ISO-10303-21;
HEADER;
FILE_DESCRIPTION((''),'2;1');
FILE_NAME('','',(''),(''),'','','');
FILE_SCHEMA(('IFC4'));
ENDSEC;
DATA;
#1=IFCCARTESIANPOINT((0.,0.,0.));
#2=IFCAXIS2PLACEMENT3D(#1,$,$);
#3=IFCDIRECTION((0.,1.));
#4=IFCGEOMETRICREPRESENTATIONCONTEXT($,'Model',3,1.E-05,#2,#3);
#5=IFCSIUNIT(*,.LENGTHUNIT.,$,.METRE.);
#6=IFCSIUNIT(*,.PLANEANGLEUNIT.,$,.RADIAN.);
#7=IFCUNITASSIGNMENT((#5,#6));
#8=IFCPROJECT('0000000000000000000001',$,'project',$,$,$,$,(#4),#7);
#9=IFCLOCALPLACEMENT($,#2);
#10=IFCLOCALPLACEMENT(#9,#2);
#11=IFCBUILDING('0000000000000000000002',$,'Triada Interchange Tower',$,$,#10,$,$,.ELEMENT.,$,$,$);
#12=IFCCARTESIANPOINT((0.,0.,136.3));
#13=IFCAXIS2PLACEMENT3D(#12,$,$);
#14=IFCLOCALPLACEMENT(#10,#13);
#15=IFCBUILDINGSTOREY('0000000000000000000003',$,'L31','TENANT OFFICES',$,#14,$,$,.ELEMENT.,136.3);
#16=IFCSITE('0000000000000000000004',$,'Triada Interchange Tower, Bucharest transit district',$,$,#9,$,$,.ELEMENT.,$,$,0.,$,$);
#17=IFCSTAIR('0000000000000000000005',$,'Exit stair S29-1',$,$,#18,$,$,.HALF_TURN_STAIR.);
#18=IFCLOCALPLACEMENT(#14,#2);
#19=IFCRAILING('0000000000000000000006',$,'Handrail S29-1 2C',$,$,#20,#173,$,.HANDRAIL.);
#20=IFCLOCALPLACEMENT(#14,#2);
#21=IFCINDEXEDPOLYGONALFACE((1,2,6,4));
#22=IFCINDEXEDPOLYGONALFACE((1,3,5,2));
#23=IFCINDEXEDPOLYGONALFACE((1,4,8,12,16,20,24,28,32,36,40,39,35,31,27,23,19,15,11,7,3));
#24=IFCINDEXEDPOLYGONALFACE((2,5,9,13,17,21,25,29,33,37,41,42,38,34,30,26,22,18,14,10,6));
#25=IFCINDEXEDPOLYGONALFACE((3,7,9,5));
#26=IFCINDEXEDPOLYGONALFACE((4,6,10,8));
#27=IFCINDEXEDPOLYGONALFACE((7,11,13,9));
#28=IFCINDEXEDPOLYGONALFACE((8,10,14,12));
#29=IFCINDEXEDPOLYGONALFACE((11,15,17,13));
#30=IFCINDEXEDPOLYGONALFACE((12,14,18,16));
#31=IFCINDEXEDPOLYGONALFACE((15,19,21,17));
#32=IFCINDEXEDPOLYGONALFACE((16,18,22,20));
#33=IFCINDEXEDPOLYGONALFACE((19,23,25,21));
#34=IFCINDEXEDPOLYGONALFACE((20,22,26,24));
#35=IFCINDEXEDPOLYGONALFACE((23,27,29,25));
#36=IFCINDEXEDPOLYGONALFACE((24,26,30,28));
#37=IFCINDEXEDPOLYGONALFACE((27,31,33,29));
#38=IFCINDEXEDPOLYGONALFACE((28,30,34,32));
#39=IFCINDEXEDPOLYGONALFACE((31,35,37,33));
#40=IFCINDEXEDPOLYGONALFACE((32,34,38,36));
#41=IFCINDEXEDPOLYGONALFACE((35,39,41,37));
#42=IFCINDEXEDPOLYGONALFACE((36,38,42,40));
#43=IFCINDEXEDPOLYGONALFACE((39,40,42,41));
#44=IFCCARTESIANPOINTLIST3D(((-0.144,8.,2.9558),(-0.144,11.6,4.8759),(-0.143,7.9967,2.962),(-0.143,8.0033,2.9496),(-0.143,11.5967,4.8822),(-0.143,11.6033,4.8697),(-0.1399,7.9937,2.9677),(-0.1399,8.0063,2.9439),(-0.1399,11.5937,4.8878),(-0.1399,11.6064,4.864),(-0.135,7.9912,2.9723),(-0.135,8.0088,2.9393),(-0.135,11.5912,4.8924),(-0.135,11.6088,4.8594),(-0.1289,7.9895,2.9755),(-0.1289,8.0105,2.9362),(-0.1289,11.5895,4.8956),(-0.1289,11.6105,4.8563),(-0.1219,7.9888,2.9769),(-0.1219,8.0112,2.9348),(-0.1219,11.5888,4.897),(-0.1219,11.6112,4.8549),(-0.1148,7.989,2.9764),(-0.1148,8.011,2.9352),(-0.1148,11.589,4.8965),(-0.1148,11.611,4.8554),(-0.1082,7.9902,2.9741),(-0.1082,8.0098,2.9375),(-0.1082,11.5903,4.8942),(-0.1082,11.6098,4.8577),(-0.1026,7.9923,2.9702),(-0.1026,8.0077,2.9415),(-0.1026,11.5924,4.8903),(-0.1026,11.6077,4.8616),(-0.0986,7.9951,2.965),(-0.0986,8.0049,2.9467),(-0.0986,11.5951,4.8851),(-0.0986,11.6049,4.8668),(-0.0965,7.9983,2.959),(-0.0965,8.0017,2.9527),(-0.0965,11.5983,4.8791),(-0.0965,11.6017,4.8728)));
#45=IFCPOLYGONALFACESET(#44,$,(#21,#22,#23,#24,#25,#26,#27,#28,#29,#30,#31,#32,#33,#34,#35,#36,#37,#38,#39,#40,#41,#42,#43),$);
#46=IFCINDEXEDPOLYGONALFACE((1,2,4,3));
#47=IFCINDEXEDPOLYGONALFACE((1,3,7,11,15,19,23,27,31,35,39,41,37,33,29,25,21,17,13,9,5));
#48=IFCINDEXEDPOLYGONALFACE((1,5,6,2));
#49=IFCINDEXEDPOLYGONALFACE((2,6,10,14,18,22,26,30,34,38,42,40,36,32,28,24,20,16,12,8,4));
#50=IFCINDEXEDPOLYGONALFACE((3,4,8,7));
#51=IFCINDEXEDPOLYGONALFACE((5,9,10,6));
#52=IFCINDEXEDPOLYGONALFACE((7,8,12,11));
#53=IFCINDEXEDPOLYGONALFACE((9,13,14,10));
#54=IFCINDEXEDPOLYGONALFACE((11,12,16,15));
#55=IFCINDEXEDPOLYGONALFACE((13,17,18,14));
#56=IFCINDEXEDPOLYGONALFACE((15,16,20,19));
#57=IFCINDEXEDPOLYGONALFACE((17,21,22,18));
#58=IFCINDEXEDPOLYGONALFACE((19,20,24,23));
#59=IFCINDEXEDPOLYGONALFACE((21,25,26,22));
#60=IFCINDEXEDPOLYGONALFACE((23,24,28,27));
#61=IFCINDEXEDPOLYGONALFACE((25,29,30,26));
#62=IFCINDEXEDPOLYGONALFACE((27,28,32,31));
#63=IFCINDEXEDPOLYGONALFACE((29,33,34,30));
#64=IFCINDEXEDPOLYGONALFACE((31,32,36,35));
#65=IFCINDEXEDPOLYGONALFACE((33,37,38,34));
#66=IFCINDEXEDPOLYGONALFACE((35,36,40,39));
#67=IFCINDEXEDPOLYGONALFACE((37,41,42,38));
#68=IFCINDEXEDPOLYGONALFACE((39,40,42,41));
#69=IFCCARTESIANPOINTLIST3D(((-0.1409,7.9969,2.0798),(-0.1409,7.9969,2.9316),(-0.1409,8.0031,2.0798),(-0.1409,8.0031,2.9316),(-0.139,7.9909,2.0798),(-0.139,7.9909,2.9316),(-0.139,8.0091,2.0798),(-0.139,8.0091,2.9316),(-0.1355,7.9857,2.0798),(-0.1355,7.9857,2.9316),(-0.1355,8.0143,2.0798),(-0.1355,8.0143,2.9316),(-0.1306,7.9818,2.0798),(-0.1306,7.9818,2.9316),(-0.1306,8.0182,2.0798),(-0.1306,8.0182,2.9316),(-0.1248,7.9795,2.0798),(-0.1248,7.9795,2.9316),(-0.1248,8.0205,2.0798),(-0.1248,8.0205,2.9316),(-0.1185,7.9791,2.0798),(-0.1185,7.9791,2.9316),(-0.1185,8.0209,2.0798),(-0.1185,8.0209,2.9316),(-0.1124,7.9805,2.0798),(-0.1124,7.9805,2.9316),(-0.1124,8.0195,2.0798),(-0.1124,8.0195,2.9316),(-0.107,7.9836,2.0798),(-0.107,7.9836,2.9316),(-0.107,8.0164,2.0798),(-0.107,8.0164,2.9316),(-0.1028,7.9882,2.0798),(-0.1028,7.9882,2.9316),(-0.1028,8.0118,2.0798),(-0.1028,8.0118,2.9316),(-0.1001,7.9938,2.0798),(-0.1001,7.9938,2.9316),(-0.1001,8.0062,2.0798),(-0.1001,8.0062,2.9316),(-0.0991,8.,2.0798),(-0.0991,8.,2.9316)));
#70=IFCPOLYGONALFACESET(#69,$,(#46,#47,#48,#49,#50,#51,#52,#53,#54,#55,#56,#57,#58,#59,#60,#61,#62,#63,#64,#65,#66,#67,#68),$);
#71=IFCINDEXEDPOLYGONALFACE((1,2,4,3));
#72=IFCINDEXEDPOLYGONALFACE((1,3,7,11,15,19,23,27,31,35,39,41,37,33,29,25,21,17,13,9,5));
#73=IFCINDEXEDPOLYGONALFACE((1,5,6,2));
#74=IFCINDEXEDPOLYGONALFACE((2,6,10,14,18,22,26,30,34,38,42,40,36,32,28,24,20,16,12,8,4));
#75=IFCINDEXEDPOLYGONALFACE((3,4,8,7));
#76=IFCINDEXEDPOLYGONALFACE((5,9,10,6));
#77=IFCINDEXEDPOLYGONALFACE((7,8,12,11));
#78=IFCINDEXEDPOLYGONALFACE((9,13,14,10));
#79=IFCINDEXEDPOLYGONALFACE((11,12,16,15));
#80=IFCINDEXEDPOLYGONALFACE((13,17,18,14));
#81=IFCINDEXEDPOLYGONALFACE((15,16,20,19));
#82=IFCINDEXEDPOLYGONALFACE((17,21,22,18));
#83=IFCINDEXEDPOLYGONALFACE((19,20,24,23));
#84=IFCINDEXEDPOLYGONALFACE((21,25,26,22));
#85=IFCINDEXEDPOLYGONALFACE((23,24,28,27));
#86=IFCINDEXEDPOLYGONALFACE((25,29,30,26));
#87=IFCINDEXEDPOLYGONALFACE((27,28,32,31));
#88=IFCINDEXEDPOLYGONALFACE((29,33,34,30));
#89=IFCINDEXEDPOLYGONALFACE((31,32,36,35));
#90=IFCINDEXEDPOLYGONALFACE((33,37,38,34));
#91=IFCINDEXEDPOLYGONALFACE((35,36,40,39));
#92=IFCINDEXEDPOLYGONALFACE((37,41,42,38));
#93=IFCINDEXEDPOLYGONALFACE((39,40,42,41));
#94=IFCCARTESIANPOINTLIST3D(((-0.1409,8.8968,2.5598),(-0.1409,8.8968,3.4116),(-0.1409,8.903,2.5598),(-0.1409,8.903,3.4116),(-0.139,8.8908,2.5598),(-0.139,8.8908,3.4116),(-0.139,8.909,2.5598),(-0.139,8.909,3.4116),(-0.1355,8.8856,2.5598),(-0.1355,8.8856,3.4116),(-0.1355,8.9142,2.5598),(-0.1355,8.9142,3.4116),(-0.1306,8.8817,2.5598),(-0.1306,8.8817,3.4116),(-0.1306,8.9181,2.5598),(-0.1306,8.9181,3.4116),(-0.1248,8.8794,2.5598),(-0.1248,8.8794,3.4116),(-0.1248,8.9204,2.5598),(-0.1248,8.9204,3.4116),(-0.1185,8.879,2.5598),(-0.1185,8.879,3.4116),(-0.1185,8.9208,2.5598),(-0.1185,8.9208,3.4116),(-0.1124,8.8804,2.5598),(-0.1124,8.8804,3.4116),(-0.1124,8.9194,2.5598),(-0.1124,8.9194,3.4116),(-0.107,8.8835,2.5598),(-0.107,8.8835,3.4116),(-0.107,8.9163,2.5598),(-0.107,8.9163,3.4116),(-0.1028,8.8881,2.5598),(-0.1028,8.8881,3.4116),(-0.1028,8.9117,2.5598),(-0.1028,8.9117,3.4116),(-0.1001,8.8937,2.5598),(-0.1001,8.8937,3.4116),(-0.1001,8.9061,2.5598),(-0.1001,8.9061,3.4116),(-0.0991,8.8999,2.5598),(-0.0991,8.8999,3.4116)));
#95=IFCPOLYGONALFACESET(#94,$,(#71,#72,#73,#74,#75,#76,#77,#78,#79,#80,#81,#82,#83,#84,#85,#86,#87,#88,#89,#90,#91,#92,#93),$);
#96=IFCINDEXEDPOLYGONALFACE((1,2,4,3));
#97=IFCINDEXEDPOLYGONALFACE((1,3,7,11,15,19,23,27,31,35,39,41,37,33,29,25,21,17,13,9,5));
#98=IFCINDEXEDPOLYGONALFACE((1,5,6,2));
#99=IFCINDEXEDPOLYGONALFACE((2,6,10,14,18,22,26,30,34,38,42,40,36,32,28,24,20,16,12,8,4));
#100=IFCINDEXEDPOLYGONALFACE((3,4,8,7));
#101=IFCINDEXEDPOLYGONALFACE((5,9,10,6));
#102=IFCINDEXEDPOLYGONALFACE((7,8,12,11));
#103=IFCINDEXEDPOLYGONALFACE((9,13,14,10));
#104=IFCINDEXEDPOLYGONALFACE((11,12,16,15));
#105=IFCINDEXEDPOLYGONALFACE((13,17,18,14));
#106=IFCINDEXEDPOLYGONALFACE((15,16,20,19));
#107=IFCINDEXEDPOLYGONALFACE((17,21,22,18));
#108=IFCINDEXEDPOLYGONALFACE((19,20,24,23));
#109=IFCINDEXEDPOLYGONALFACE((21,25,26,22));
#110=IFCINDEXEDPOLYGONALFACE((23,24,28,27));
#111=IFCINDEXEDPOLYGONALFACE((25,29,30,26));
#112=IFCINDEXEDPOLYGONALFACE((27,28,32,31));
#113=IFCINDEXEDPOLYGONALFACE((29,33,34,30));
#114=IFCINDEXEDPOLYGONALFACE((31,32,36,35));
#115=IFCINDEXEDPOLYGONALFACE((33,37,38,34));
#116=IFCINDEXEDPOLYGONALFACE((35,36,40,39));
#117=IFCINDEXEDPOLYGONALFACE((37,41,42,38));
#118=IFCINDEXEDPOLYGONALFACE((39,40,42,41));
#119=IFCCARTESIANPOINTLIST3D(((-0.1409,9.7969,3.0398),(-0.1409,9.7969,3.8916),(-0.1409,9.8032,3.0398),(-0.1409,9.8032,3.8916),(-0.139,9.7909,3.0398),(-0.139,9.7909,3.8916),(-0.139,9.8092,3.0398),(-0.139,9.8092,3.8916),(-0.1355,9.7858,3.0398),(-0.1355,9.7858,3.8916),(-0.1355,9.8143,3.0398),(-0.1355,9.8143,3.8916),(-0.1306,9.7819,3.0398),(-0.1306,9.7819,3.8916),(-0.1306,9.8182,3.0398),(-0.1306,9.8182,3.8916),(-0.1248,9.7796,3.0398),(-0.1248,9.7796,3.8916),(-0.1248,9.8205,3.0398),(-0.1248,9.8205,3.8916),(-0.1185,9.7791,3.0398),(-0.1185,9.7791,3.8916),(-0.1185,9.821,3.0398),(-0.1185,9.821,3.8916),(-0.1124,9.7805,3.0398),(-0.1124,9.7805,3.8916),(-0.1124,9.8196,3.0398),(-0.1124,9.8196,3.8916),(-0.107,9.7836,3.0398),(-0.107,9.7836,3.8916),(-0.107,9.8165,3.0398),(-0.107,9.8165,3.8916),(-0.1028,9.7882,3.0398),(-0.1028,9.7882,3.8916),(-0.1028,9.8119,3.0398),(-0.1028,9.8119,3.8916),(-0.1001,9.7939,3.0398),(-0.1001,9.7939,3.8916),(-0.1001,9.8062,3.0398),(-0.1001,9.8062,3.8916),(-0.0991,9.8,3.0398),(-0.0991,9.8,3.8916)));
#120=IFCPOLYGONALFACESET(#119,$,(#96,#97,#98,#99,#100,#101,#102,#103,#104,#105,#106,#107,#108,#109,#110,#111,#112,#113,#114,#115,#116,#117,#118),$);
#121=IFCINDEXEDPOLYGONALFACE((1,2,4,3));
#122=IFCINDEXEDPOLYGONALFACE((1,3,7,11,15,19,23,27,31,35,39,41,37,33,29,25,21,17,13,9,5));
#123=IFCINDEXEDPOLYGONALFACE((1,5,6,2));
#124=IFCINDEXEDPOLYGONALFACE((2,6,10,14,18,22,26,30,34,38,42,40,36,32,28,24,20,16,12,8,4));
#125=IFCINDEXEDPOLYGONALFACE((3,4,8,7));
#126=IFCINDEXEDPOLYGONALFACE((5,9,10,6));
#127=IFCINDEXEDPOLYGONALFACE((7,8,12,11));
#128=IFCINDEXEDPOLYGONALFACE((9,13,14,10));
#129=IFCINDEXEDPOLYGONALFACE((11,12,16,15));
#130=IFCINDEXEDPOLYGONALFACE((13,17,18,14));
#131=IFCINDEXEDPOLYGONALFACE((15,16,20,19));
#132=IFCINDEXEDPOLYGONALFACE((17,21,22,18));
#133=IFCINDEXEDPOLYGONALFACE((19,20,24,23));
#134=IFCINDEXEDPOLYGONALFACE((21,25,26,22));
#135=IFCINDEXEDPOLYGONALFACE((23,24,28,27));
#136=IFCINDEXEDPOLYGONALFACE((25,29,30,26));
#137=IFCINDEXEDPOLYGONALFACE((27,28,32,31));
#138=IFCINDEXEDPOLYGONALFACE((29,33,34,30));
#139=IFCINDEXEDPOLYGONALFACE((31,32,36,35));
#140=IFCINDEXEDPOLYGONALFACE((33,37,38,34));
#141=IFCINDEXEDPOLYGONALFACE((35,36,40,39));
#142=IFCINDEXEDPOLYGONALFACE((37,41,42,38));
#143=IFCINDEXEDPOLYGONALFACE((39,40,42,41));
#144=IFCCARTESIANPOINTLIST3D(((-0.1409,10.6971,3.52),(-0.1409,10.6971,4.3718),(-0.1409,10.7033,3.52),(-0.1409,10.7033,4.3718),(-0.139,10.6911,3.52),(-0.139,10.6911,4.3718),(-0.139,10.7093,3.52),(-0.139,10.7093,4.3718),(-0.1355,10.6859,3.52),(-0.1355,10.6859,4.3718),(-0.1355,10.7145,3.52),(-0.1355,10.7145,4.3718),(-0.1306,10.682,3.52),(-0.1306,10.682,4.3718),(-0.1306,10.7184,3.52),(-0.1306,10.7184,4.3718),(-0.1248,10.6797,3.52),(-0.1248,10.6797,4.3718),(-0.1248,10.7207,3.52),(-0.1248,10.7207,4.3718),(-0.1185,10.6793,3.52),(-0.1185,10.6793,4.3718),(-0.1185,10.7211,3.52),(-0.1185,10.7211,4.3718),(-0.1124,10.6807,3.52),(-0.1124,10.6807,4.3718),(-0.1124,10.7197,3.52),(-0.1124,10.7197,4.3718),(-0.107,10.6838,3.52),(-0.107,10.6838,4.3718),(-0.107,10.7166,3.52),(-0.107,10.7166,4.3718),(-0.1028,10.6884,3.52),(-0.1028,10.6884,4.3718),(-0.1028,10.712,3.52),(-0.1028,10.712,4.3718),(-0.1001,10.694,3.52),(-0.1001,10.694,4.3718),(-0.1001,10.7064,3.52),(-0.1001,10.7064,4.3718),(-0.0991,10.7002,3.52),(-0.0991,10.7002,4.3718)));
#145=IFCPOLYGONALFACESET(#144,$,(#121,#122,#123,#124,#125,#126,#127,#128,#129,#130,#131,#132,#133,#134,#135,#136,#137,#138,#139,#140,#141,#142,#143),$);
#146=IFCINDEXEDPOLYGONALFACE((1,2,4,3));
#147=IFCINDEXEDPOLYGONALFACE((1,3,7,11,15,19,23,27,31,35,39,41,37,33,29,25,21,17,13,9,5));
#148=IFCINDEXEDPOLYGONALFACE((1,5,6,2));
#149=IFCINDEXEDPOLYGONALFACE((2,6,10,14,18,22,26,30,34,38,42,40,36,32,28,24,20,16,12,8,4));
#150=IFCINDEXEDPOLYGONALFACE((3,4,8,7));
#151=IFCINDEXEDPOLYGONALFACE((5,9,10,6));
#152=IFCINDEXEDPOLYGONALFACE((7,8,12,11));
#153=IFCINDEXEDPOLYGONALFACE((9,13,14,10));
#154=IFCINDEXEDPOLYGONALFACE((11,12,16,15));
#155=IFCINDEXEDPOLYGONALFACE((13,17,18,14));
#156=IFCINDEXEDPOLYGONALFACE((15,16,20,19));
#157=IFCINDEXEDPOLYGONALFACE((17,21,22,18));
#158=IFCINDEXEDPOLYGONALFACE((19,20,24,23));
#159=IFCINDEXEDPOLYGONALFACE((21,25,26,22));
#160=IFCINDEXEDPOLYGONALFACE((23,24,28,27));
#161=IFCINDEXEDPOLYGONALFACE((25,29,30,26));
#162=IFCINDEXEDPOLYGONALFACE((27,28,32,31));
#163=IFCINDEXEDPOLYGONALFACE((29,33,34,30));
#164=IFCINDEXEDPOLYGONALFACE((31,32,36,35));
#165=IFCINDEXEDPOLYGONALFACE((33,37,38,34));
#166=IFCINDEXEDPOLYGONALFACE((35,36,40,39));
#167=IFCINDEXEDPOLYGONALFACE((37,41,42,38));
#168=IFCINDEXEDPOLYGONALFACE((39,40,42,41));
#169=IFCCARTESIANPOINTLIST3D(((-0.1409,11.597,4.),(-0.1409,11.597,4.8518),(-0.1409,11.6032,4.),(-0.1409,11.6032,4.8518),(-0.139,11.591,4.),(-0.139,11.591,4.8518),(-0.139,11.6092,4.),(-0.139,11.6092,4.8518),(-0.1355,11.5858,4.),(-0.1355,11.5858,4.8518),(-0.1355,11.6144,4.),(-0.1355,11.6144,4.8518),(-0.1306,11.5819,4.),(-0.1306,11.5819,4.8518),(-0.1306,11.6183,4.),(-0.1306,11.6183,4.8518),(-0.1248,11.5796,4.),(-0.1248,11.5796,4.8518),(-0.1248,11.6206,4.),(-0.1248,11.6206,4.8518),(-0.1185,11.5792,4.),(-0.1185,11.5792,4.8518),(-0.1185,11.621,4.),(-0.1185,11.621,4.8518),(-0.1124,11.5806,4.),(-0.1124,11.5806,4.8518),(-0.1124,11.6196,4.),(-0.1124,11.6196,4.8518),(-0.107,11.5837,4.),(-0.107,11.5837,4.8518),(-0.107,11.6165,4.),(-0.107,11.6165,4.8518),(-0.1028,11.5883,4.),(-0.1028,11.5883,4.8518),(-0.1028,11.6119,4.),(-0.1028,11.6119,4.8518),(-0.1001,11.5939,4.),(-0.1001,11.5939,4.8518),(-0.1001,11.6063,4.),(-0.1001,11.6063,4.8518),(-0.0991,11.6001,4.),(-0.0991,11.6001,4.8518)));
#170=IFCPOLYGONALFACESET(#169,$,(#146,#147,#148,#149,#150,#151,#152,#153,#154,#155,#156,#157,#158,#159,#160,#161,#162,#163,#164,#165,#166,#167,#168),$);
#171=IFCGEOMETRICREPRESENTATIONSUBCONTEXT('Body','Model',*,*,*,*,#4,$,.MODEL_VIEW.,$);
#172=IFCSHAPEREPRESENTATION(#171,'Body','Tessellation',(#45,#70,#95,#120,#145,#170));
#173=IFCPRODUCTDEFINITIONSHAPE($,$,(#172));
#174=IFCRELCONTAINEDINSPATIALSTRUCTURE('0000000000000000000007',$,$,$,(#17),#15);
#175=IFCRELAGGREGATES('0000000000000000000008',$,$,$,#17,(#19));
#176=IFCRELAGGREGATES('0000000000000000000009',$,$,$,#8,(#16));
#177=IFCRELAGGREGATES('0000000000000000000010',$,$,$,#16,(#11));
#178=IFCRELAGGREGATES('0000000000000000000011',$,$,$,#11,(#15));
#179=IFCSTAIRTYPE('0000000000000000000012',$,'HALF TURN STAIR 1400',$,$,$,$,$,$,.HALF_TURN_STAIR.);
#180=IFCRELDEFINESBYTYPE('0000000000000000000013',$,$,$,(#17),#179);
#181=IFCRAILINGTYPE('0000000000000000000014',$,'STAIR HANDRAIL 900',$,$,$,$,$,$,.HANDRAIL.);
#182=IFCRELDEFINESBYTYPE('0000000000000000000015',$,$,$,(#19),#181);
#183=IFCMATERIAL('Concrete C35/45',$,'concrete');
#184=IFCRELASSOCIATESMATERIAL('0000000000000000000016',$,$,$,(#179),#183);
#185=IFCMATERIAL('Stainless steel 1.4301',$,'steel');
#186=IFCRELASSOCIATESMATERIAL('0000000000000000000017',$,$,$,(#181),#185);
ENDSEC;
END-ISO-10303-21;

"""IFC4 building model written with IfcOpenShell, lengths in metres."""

from ifc_helpers import new_model, si_unit, direction, frame, origin, origin_2d, place, context, subcontext, project, spatial, circle, extrude, material, type_object, element, aggregate, save


model = new_model("IFC4")

# Units and contexts
model_context = context("Model", 3, precision=1e-05, world=origin(), true_north=direction((0.0, 1.0)))
body_context = subcontext(model_context, "Body", "Model", "MODEL_VIEW")
ifc_project = project(units=[si_unit("LENGTHUNIT", "METRE"), si_unit("PLANEANGLEUNIT", "RADIAN")], contexts=[model_context])

# Site, building, storey
site_placement = place(None, origin())
site = spatial("IfcSite", under=ifc_project, at=site_placement, Name="Triada Interchange Tower, Bucharest transit district", CompositionType="ELEMENT", RefElevation=0.0)
building_placement = place(site_placement, origin())
building = spatial("IfcBuilding", under=site, at=building_placement, Name="Triada Interchange Tower", CompositionType="ELEMENT")
storey_placement = place(building_placement, frame((0.0, 0.0, 136.3)))
storey = spatial("IfcBuildingStorey", under=building, at=storey_placement, Name="L31", Description="TENANT OFFICES", CompositionType="ELEMENT", Elevation=136.3)

# Stair, railing
ifc_material_1 = material(Name="Concrete C35/45", Category="concrete")
stair_type = type_object("IfcStairType", Name="HALF TURN STAIR 1400", PredefinedType="HALF_TURN_STAIR", material=ifc_material_1)
stair_placement = place(storey_placement, origin())
stair = element("IfcStair", 1, at=stair_placement, inside=storey, type_object=stair_type, Name="Exit stair S29-1", PredefinedType="HALF_TURN_STAIR")
ifc_material_2 = material(Name="Stainless steel 1.4301", Category="steel")
railing_type = type_object("IfcRailingType", Name="STAIR HANDRAIL 900", PredefinedType="HANDRAIL", material=ifc_material_2)
railing_1_placement = place(storey_placement, frame((-0.1201, 8.0, 2.0798)))
railing_1 = element("IfcRailing", 2, at=railing_1_placement, type_object=railing_type, Name="Handrail S29-1 2C", PredefinedType="HANDRAIL", context=body_context, shape_type="SweptSolid", body=[
    extrude(circle(Radius=0.0239, at=origin_2d()), frame((0.0, 0.0, 0.876), z_axis=(0.0, 0.882341, 0.47061), x_axis=(-1.0, 0.0, 0.0)), (0.0, 0.0, 1.0), 4.0801),
    extrude(circle(Radius=0.021, at=origin_2d()), origin(), (0.0, 0.0, 1.0), 0.8518),
    extrude(circle(Radius=0.021, at=origin_2d()), frame((0.0, 0.8999, 0.48)), (0.0, 0.0, 1.0), 0.8518),
    extrude(circle(Radius=0.021, at=origin_2d()), frame((0.0, 1.8, 0.96)), (0.0, 0.0, 1.0), 0.8518),
    extrude(circle(Radius=0.021, at=origin_2d()), frame((0.0, 2.7002, 1.4402)), (0.0, 0.0, 1.0), 0.8518),
    extrude(circle(Radius=0.021, at=origin_2d()), frame((0.0, 3.6001, 1.9202)), (0.0, 0.0, 1.0), 0.8518),
])
aggregate(stair, [railing_1])

save(model, "model.ifc")
